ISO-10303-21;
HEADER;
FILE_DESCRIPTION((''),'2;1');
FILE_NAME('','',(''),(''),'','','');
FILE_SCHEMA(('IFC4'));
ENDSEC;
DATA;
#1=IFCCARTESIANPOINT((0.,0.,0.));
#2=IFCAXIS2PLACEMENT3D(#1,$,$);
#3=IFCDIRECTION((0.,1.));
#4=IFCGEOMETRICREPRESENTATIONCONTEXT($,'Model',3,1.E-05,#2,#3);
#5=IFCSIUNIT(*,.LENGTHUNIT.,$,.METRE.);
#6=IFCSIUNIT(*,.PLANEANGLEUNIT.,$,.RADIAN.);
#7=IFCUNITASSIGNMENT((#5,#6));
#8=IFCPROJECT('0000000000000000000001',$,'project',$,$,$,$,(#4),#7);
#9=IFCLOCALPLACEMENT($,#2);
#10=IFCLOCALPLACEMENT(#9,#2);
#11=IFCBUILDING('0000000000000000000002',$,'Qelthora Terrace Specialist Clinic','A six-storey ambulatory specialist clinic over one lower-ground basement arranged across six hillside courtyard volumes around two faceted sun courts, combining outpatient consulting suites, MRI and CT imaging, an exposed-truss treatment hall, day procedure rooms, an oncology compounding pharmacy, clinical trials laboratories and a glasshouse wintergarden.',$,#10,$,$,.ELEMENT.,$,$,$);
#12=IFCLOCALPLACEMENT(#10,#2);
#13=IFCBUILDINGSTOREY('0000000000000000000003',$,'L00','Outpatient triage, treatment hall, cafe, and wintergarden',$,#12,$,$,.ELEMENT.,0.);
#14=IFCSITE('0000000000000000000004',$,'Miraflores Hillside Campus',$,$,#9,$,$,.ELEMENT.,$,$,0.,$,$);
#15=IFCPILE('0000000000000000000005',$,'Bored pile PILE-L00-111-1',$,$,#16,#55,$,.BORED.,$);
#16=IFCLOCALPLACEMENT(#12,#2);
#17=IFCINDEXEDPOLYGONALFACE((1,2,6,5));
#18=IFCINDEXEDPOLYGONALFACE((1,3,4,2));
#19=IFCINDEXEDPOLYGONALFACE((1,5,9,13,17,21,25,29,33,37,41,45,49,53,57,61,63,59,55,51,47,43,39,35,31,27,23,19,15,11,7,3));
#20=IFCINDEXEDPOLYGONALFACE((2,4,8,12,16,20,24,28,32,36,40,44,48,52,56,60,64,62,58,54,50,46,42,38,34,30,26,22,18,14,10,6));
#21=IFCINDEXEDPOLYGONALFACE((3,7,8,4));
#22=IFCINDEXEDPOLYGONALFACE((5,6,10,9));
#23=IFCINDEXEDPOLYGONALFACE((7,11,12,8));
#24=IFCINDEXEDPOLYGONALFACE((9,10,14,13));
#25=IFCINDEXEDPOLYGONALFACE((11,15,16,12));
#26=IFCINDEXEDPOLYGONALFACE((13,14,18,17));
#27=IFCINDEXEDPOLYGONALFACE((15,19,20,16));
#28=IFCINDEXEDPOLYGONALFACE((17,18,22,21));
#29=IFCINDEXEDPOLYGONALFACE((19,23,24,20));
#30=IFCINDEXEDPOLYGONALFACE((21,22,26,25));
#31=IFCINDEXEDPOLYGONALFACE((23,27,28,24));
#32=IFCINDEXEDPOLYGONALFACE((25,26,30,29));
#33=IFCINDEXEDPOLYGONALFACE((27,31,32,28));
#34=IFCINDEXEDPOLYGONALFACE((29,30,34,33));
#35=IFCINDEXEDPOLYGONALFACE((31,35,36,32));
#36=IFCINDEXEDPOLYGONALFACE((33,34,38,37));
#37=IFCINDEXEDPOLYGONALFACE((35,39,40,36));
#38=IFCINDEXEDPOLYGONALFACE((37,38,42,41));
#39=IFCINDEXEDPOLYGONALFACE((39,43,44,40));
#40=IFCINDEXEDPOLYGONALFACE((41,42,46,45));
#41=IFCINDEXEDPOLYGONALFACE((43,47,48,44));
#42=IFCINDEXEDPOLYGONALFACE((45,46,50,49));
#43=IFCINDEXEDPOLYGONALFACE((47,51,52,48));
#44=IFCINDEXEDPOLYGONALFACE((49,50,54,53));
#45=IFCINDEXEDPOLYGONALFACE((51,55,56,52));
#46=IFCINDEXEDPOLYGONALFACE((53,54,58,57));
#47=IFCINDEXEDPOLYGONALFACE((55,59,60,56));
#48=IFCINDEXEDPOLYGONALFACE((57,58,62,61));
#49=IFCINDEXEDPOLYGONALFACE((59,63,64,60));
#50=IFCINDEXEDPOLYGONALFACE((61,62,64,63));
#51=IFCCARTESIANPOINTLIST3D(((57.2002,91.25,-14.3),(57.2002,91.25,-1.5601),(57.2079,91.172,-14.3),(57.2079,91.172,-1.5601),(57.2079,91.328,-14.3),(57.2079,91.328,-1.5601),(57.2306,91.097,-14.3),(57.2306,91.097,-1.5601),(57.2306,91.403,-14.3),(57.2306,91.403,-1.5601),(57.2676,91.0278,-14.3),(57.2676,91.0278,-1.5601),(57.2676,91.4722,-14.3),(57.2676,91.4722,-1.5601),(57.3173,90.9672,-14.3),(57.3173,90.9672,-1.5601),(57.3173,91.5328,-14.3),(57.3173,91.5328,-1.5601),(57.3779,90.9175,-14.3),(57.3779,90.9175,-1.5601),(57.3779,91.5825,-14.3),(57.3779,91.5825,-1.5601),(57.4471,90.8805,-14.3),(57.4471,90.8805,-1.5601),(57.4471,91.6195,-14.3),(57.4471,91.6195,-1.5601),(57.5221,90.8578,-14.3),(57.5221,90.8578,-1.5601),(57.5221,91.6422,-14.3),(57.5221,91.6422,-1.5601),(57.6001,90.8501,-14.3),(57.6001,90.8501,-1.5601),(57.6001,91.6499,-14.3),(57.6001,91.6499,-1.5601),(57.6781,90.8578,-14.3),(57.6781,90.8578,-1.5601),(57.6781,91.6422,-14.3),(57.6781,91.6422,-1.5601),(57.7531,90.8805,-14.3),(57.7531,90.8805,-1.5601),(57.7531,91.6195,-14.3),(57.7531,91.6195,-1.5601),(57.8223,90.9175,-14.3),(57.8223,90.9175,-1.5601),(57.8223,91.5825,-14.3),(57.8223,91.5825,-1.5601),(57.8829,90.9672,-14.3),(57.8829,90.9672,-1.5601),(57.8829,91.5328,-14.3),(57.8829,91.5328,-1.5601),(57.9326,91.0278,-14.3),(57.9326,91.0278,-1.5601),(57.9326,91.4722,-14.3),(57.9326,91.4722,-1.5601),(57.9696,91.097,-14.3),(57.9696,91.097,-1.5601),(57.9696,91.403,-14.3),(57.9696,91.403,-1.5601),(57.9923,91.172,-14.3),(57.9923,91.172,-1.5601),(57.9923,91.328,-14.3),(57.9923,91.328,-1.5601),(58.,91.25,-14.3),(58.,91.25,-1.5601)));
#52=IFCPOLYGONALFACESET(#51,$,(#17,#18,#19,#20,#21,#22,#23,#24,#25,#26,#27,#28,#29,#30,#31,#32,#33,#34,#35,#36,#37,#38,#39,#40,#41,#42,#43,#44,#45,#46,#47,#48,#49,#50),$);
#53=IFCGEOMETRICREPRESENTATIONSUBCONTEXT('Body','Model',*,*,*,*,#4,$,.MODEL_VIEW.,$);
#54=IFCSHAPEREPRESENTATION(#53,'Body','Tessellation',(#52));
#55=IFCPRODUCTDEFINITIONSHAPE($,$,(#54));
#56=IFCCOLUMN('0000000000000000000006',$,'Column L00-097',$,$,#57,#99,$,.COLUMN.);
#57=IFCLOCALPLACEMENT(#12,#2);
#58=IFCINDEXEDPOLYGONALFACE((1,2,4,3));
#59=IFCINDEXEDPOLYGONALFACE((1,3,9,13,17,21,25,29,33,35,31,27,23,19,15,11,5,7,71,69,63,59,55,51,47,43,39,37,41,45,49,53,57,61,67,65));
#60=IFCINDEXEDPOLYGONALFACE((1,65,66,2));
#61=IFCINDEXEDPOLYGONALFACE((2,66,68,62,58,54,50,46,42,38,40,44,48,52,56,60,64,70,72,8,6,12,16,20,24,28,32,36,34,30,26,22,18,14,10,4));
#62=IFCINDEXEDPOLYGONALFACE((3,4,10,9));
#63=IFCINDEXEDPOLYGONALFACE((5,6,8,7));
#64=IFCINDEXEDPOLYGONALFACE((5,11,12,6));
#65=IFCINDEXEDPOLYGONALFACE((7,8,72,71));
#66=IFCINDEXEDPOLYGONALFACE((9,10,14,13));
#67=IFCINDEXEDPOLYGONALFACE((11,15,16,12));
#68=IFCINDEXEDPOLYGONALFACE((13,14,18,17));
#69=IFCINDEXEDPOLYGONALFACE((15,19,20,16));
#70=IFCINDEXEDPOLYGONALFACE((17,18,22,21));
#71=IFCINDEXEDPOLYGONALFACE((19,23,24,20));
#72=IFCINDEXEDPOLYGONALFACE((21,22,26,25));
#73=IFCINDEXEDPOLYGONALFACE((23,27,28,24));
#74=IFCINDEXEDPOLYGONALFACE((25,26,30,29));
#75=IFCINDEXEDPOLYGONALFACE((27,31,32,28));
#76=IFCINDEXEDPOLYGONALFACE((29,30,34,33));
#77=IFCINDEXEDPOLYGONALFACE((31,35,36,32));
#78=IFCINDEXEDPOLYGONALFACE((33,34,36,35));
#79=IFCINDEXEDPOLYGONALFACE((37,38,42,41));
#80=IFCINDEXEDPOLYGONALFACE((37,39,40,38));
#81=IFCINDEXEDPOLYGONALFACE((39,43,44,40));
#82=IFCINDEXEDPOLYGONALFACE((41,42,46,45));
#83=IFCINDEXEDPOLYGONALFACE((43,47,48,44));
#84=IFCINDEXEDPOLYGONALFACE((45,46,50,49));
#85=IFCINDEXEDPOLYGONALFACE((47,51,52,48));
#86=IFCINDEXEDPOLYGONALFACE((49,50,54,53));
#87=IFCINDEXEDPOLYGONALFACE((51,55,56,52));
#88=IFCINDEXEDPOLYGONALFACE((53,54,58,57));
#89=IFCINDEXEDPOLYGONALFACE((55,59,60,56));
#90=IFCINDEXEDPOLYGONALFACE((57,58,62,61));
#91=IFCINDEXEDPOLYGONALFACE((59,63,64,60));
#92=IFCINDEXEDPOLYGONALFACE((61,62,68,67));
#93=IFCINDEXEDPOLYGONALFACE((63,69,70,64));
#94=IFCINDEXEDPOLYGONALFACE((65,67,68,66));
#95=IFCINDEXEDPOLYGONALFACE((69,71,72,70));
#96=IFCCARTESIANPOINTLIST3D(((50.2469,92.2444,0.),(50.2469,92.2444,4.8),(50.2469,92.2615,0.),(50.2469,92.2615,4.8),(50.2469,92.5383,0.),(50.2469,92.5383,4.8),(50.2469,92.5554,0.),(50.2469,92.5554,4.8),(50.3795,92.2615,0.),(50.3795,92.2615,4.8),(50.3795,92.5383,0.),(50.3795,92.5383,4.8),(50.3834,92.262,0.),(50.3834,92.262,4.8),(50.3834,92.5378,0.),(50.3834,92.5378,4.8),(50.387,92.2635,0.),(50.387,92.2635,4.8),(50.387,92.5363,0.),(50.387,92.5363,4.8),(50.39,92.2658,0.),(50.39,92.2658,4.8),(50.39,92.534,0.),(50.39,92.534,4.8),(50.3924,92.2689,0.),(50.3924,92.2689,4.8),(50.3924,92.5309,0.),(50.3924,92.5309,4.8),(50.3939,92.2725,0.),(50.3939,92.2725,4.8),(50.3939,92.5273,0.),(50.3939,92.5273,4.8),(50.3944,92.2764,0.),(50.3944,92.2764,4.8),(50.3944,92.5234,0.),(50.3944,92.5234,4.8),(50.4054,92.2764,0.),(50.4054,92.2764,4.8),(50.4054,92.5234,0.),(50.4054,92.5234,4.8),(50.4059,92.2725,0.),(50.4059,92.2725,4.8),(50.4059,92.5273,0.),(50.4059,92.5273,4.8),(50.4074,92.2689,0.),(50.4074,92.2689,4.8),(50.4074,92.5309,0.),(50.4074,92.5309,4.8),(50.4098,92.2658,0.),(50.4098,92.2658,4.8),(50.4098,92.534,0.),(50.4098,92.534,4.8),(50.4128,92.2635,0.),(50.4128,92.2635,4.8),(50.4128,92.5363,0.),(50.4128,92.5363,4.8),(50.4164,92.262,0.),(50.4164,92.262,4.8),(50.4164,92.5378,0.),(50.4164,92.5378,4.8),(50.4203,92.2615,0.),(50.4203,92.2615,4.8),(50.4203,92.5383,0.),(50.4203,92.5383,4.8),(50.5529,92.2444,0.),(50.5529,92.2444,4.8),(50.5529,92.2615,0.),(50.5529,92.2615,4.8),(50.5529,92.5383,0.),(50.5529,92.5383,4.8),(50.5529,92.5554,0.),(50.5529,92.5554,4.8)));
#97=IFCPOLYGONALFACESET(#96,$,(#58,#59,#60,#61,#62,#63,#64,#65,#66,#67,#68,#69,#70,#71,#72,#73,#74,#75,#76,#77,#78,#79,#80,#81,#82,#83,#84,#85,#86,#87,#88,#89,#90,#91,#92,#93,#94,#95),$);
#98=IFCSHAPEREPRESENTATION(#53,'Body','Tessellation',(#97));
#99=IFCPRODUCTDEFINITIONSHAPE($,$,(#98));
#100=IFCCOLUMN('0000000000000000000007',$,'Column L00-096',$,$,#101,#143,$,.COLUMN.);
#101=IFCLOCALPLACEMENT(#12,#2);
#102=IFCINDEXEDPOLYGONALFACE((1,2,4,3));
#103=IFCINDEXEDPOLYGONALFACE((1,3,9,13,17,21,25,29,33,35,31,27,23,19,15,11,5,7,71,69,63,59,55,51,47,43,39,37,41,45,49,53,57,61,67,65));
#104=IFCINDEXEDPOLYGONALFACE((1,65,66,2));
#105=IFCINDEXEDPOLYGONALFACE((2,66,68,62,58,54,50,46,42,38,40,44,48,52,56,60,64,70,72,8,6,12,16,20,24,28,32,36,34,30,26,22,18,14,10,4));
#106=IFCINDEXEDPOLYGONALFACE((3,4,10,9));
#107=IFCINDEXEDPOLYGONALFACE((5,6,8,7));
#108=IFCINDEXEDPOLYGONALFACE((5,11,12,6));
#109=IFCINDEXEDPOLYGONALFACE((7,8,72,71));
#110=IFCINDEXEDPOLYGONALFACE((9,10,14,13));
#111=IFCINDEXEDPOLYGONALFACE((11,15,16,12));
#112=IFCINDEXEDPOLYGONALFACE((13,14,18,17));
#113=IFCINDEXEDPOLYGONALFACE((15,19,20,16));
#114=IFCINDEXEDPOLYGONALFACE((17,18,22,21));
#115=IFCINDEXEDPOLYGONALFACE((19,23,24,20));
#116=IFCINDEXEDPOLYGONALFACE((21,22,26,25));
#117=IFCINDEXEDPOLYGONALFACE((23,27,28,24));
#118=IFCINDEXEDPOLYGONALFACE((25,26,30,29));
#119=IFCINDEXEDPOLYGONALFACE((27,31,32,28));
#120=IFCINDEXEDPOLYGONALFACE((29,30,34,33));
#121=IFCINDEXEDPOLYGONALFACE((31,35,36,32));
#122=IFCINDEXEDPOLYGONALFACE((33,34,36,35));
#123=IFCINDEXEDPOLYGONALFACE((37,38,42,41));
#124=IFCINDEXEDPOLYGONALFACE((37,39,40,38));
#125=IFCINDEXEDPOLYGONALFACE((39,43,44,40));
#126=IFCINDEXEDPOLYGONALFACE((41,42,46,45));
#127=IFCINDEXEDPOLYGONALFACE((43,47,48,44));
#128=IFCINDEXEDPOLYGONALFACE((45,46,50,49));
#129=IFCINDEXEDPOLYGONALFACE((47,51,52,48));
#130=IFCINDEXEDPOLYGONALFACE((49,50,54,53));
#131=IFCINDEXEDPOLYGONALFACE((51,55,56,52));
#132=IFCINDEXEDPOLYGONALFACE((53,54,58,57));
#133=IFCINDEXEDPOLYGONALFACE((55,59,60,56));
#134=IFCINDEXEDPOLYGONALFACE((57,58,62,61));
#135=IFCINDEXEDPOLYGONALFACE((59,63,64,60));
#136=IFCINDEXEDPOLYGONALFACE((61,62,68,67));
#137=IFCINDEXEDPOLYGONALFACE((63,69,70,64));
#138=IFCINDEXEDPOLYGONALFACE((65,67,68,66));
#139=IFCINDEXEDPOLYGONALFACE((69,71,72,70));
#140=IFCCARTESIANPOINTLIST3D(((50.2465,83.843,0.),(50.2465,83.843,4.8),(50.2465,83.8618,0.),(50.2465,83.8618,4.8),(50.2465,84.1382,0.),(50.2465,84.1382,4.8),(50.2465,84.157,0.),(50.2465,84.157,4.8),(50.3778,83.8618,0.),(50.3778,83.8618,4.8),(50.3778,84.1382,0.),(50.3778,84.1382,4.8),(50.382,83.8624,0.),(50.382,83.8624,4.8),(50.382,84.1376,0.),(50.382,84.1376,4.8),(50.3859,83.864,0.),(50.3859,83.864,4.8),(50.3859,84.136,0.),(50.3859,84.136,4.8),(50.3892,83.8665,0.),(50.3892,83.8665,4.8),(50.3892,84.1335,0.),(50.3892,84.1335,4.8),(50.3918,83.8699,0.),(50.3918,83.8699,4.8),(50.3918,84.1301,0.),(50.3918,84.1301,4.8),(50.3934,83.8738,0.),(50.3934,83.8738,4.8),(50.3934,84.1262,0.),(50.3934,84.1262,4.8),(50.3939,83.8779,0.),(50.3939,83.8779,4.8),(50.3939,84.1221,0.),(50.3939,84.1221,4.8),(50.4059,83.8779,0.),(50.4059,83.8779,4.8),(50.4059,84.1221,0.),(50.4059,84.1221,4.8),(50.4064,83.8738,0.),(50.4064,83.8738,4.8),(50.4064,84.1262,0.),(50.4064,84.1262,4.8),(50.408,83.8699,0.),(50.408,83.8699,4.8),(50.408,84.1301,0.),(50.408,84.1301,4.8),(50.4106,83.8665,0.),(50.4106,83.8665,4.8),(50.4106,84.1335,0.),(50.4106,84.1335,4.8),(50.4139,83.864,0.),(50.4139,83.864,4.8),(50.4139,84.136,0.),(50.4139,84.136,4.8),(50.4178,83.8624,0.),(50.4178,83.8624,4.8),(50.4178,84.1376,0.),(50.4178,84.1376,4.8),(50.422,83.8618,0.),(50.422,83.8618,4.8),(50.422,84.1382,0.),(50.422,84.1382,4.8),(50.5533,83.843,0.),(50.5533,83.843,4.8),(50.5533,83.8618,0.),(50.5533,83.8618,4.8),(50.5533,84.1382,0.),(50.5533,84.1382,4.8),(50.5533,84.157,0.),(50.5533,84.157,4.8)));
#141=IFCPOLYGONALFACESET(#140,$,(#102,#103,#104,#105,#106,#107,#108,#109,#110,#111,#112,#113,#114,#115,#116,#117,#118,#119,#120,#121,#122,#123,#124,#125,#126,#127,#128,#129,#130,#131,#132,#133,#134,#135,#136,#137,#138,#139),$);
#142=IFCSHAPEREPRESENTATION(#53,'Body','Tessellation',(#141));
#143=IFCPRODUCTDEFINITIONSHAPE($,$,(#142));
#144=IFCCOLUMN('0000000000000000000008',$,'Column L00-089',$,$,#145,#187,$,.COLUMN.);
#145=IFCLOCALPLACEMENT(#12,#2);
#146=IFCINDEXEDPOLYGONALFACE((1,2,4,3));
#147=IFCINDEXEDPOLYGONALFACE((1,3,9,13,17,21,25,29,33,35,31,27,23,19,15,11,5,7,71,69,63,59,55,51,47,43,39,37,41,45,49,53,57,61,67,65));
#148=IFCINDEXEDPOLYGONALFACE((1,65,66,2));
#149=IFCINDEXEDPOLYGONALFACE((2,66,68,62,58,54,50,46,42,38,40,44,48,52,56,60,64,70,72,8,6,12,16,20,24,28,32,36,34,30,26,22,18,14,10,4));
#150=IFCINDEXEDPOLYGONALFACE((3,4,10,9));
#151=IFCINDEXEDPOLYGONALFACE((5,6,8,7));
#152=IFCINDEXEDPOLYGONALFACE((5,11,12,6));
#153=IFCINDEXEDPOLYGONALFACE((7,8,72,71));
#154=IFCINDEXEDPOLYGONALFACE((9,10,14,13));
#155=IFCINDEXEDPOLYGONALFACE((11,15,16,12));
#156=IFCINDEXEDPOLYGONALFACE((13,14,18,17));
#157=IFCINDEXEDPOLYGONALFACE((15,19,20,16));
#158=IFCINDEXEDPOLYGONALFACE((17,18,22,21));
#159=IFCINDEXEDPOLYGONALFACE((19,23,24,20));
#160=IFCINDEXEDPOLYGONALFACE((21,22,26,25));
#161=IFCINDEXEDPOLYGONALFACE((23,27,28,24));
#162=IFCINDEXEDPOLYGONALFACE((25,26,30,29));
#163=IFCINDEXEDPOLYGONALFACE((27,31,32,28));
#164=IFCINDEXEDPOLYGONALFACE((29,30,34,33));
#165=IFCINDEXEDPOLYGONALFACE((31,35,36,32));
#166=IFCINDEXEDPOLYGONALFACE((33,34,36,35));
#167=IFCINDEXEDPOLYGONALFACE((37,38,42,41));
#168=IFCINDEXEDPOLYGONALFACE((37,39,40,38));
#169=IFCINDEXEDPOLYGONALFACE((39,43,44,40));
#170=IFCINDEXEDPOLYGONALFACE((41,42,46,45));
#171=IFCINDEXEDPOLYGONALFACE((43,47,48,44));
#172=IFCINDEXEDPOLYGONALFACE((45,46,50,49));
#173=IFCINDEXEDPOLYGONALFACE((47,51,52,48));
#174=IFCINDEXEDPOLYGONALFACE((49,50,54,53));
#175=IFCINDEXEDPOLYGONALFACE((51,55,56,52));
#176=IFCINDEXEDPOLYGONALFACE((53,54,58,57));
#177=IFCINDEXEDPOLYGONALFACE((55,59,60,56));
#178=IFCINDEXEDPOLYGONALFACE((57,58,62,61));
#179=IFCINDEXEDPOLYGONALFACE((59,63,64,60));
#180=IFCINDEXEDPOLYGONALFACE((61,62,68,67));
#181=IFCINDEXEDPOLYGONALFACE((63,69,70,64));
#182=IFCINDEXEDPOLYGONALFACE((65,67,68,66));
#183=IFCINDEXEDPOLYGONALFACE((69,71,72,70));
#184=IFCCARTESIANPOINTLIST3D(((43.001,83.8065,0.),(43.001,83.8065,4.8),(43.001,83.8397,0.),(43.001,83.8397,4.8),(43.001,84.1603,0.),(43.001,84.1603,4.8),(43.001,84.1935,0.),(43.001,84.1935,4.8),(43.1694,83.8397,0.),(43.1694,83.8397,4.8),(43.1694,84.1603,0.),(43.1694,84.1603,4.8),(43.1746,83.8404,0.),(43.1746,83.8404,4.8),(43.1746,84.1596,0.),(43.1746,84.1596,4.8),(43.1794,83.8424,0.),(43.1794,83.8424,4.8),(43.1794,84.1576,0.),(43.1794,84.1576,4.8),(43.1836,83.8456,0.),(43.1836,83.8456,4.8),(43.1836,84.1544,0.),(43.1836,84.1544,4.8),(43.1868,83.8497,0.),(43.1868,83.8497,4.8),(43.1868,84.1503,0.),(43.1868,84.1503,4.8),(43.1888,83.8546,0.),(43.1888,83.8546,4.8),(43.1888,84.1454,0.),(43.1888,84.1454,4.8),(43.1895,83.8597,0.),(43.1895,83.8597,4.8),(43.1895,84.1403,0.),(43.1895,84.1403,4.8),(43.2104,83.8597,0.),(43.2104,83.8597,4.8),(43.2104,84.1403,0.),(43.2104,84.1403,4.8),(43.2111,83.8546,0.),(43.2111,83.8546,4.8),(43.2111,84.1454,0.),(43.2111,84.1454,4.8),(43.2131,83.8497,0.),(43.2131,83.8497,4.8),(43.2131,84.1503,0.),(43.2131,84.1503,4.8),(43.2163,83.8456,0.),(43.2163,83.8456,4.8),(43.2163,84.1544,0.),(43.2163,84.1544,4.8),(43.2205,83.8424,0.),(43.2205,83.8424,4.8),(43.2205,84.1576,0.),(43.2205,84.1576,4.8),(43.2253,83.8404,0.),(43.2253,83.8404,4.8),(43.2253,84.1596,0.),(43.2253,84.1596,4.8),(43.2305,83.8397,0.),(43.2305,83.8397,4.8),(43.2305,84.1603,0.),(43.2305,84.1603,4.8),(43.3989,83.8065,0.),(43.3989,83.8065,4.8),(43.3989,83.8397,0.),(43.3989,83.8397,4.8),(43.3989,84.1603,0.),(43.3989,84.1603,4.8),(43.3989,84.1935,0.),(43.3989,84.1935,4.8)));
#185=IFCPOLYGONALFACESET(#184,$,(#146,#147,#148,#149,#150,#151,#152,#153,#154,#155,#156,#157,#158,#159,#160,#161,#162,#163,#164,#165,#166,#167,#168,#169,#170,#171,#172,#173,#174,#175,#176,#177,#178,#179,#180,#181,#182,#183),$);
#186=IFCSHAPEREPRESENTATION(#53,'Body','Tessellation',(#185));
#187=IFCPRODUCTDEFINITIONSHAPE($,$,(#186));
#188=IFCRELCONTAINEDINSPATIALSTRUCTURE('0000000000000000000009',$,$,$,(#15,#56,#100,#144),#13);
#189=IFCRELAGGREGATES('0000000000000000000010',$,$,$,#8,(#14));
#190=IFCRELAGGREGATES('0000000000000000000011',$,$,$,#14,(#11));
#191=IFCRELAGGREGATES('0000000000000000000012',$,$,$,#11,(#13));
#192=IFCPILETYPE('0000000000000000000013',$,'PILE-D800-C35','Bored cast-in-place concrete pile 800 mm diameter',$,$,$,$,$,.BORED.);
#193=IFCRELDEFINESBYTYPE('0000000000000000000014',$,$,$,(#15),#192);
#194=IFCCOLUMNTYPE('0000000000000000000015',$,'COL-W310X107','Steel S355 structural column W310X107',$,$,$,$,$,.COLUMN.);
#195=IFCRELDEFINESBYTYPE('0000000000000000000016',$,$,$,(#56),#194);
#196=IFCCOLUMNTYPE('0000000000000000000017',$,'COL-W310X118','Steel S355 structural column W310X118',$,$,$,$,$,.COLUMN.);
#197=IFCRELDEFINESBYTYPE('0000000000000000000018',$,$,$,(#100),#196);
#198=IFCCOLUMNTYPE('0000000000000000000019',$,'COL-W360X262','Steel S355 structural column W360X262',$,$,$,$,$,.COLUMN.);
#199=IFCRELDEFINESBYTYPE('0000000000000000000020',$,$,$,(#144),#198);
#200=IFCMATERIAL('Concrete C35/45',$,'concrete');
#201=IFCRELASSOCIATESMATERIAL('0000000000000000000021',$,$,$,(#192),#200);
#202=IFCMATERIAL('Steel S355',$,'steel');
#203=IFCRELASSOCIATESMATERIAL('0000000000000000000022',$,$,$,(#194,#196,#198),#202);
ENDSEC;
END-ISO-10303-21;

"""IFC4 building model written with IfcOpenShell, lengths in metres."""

from ifc_helpers import new_model, si_unit, direction, frame, origin, origin_2d, place, context, subcontext, project, spatial, circle, i_section, extrude, material, material_profile, profile_set, type_object, element, save


model = new_model("IFC4")

# Units and contexts
model_context = context("Model", 3, precision=1e-05, world=origin(), true_north=direction((0.0, 1.0)))
body_context = subcontext(model_context, "Body", "Model", "MODEL_VIEW")
ifc_project = project(units=[si_unit("LENGTHUNIT", "METRE"), si_unit("PLANEANGLEUNIT", "RADIAN")], contexts=[model_context])

# Site, building, storey
site_placement = place(None, origin())
site = spatial("IfcSite", under=ifc_project, at=site_placement, Name="Miraflores Hillside Campus", CompositionType="ELEMENT", RefElevation=0.0)
building_placement = place(site_placement, origin())
building = spatial("IfcBuilding", under=site, at=building_placement, Name="Qelthora Terrace Specialist Clinic", Description="A six-storey ambulatory specialist clinic over one lower-ground basement arranged across six hillside courtyard volumes around two faceted sun courts, combining outpatient consulting suites, MRI and CT imaging, an exposed-truss treatment hall, day procedure rooms, an oncology compounding pharmacy, clinical trials laboratories and a glasshouse wintergarden.", CompositionType="ELEMENT")
storey_placement = place(building_placement, origin())
storey = spatial("IfcBuildingStorey", under=building, at=storey_placement, Name="L00", Description="Outpatient triage, treatment hall, cafe, and wintergarden", CompositionType="ELEMENT", Elevation=0.0)

# Pile
ifc_material_1 = material(Name="Concrete C35/45", Category="concrete")
ifc_material_profile_1 = material_profile(ifc_material_1, circle(Radius=0.3999, at=origin_2d()), Name="PILE800")
ifc_profile_set_1 = profile_set([ifc_material_profile_1], Name="Concrete C35/45")
pile_type = type_object("IfcPileType", Name="PILE-D800-C35", Description="Bored cast-in-place concrete pile 800 mm diameter", PredefinedType="BORED", material=ifc_profile_set_1)
pile_placement = place(storey_placement, frame((57.6001, 91.25, -1.5601), z_axis=(0.0, 0.0, -1.0), x_axis=(1.0, 0.0, 0.0)))
element("IfcPile", 1, at=pile_placement, inside=storey, type_object=pile_type, Name="Bored pile PILE-L00-111-1", PredefinedType="BORED", context=body_context, shape_type="SweptSolid", body=[
    extrude(circle(Radius=0.3999, at=origin_2d()), origin(), (0.0, 0.0, 1.0), 12.74),
])

# Columns
ifc_material_2 = material(Name="Steel S355", Category="steel")
ifc_material_profile_2 = material_profile(ifc_material_2, i_section(OverallWidth=0.3059, OverallDepth=0.311, WebThickness=0.011, FlangeThickness=0.0171, FilletRadius=0.0149, at=origin_2d()), Name="W310X107")
ifc_profile_set_2 = profile_set([ifc_material_profile_2], Name="Steel S355")
column_type_1 = type_object("IfcColumnType", Name="COL-W310X107", Description="Steel S355 structural column W310X107", PredefinedType="COLUMN", material=ifc_profile_set_2)
column_1_placement = place(storey_placement, frame((50.3999, 92.3999, 0.0), z_axis=(0.0, 0.0, 1.0), x_axis=(1.0, 0.0, 0.0)))
element("IfcColumn", 2, at=column_1_placement, inside=storey, type_object=column_type_1, Name="Column L00-097", PredefinedType="COLUMN", context=body_context, shape_type="SweptSolid", body=[
    extrude(i_section(OverallWidth=0.3059, OverallDepth=0.311, WebThickness=0.011, FlangeThickness=0.0171, FilletRadius=0.0149, at=origin_2d()), origin(), (0.0, 0.0, 1.0), 4.8),
])
ifc_material_profile_3 = material_profile(ifc_material_2, i_section(OverallWidth=0.3069, OverallDepth=0.314, WebThickness=0.012, FlangeThickness=0.0188, FilletRadius=0.0161, at=origin_2d()), Name="W310X118")
ifc_profile_set_3 = profile_set([ifc_material_profile_3], Name="Steel S355")
column_type_2 = type_object("IfcColumnType", Name="COL-W310X118", Description="Steel S355 structural column W310X118", PredefinedType="COLUMN", material=ifc_profile_set_3)
column_2_placement = place(storey_placement, frame((50.3999, 84.0, 0.0), z_axis=(0.0, 0.0, 1.0), x_axis=(1.0, 0.0, 0.0)))
element("IfcColumn", 3, at=column_2_placement, inside=storey, type_object=column_type_2, Name="Column L00-096", PredefinedType="COLUMN", context=body_context, shape_type="SweptSolid", body=[
    extrude(i_section(OverallWidth=0.3069, OverallDepth=0.314, WebThickness=0.012, FlangeThickness=0.0188, FilletRadius=0.0161, at=origin_2d()), origin(), (0.0, 0.0, 1.0), 4.8),
])
ifc_material_profile_4 = material_profile(ifc_material_2, i_section(OverallWidth=0.3979, OverallDepth=0.387, WebThickness=0.021, FlangeThickness=0.0332, FilletRadius=0.02, at=origin_2d()), Name="W360X262")
ifc_profile_set_4 = profile_set([ifc_material_profile_4], Name="Steel S355")
column_type_3 = type_object("IfcColumnType", Name="COL-W360X262", Description="Steel S355 structural column W360X262", PredefinedType="COLUMN", material=ifc_profile_set_4)
column_3_placement = place(storey_placement, frame((43.2, 84.0, 0.0), z_axis=(0.0, 0.0, 1.0), x_axis=(1.0, 0.0, 0.0)))
element("IfcColumn", 4, at=column_3_placement, inside=storey, type_object=column_type_3, Name="Column L00-089", PredefinedType="COLUMN", context=body_context, shape_type="SweptSolid", body=[
    extrude(i_section(OverallWidth=0.3979, OverallDepth=0.387, WebThickness=0.021, FlangeThickness=0.0332, FilletRadius=0.02, at=origin_2d()), origin(), (0.0, 0.0, 1.0), 4.8),
])

save(model, "model.ifc")
